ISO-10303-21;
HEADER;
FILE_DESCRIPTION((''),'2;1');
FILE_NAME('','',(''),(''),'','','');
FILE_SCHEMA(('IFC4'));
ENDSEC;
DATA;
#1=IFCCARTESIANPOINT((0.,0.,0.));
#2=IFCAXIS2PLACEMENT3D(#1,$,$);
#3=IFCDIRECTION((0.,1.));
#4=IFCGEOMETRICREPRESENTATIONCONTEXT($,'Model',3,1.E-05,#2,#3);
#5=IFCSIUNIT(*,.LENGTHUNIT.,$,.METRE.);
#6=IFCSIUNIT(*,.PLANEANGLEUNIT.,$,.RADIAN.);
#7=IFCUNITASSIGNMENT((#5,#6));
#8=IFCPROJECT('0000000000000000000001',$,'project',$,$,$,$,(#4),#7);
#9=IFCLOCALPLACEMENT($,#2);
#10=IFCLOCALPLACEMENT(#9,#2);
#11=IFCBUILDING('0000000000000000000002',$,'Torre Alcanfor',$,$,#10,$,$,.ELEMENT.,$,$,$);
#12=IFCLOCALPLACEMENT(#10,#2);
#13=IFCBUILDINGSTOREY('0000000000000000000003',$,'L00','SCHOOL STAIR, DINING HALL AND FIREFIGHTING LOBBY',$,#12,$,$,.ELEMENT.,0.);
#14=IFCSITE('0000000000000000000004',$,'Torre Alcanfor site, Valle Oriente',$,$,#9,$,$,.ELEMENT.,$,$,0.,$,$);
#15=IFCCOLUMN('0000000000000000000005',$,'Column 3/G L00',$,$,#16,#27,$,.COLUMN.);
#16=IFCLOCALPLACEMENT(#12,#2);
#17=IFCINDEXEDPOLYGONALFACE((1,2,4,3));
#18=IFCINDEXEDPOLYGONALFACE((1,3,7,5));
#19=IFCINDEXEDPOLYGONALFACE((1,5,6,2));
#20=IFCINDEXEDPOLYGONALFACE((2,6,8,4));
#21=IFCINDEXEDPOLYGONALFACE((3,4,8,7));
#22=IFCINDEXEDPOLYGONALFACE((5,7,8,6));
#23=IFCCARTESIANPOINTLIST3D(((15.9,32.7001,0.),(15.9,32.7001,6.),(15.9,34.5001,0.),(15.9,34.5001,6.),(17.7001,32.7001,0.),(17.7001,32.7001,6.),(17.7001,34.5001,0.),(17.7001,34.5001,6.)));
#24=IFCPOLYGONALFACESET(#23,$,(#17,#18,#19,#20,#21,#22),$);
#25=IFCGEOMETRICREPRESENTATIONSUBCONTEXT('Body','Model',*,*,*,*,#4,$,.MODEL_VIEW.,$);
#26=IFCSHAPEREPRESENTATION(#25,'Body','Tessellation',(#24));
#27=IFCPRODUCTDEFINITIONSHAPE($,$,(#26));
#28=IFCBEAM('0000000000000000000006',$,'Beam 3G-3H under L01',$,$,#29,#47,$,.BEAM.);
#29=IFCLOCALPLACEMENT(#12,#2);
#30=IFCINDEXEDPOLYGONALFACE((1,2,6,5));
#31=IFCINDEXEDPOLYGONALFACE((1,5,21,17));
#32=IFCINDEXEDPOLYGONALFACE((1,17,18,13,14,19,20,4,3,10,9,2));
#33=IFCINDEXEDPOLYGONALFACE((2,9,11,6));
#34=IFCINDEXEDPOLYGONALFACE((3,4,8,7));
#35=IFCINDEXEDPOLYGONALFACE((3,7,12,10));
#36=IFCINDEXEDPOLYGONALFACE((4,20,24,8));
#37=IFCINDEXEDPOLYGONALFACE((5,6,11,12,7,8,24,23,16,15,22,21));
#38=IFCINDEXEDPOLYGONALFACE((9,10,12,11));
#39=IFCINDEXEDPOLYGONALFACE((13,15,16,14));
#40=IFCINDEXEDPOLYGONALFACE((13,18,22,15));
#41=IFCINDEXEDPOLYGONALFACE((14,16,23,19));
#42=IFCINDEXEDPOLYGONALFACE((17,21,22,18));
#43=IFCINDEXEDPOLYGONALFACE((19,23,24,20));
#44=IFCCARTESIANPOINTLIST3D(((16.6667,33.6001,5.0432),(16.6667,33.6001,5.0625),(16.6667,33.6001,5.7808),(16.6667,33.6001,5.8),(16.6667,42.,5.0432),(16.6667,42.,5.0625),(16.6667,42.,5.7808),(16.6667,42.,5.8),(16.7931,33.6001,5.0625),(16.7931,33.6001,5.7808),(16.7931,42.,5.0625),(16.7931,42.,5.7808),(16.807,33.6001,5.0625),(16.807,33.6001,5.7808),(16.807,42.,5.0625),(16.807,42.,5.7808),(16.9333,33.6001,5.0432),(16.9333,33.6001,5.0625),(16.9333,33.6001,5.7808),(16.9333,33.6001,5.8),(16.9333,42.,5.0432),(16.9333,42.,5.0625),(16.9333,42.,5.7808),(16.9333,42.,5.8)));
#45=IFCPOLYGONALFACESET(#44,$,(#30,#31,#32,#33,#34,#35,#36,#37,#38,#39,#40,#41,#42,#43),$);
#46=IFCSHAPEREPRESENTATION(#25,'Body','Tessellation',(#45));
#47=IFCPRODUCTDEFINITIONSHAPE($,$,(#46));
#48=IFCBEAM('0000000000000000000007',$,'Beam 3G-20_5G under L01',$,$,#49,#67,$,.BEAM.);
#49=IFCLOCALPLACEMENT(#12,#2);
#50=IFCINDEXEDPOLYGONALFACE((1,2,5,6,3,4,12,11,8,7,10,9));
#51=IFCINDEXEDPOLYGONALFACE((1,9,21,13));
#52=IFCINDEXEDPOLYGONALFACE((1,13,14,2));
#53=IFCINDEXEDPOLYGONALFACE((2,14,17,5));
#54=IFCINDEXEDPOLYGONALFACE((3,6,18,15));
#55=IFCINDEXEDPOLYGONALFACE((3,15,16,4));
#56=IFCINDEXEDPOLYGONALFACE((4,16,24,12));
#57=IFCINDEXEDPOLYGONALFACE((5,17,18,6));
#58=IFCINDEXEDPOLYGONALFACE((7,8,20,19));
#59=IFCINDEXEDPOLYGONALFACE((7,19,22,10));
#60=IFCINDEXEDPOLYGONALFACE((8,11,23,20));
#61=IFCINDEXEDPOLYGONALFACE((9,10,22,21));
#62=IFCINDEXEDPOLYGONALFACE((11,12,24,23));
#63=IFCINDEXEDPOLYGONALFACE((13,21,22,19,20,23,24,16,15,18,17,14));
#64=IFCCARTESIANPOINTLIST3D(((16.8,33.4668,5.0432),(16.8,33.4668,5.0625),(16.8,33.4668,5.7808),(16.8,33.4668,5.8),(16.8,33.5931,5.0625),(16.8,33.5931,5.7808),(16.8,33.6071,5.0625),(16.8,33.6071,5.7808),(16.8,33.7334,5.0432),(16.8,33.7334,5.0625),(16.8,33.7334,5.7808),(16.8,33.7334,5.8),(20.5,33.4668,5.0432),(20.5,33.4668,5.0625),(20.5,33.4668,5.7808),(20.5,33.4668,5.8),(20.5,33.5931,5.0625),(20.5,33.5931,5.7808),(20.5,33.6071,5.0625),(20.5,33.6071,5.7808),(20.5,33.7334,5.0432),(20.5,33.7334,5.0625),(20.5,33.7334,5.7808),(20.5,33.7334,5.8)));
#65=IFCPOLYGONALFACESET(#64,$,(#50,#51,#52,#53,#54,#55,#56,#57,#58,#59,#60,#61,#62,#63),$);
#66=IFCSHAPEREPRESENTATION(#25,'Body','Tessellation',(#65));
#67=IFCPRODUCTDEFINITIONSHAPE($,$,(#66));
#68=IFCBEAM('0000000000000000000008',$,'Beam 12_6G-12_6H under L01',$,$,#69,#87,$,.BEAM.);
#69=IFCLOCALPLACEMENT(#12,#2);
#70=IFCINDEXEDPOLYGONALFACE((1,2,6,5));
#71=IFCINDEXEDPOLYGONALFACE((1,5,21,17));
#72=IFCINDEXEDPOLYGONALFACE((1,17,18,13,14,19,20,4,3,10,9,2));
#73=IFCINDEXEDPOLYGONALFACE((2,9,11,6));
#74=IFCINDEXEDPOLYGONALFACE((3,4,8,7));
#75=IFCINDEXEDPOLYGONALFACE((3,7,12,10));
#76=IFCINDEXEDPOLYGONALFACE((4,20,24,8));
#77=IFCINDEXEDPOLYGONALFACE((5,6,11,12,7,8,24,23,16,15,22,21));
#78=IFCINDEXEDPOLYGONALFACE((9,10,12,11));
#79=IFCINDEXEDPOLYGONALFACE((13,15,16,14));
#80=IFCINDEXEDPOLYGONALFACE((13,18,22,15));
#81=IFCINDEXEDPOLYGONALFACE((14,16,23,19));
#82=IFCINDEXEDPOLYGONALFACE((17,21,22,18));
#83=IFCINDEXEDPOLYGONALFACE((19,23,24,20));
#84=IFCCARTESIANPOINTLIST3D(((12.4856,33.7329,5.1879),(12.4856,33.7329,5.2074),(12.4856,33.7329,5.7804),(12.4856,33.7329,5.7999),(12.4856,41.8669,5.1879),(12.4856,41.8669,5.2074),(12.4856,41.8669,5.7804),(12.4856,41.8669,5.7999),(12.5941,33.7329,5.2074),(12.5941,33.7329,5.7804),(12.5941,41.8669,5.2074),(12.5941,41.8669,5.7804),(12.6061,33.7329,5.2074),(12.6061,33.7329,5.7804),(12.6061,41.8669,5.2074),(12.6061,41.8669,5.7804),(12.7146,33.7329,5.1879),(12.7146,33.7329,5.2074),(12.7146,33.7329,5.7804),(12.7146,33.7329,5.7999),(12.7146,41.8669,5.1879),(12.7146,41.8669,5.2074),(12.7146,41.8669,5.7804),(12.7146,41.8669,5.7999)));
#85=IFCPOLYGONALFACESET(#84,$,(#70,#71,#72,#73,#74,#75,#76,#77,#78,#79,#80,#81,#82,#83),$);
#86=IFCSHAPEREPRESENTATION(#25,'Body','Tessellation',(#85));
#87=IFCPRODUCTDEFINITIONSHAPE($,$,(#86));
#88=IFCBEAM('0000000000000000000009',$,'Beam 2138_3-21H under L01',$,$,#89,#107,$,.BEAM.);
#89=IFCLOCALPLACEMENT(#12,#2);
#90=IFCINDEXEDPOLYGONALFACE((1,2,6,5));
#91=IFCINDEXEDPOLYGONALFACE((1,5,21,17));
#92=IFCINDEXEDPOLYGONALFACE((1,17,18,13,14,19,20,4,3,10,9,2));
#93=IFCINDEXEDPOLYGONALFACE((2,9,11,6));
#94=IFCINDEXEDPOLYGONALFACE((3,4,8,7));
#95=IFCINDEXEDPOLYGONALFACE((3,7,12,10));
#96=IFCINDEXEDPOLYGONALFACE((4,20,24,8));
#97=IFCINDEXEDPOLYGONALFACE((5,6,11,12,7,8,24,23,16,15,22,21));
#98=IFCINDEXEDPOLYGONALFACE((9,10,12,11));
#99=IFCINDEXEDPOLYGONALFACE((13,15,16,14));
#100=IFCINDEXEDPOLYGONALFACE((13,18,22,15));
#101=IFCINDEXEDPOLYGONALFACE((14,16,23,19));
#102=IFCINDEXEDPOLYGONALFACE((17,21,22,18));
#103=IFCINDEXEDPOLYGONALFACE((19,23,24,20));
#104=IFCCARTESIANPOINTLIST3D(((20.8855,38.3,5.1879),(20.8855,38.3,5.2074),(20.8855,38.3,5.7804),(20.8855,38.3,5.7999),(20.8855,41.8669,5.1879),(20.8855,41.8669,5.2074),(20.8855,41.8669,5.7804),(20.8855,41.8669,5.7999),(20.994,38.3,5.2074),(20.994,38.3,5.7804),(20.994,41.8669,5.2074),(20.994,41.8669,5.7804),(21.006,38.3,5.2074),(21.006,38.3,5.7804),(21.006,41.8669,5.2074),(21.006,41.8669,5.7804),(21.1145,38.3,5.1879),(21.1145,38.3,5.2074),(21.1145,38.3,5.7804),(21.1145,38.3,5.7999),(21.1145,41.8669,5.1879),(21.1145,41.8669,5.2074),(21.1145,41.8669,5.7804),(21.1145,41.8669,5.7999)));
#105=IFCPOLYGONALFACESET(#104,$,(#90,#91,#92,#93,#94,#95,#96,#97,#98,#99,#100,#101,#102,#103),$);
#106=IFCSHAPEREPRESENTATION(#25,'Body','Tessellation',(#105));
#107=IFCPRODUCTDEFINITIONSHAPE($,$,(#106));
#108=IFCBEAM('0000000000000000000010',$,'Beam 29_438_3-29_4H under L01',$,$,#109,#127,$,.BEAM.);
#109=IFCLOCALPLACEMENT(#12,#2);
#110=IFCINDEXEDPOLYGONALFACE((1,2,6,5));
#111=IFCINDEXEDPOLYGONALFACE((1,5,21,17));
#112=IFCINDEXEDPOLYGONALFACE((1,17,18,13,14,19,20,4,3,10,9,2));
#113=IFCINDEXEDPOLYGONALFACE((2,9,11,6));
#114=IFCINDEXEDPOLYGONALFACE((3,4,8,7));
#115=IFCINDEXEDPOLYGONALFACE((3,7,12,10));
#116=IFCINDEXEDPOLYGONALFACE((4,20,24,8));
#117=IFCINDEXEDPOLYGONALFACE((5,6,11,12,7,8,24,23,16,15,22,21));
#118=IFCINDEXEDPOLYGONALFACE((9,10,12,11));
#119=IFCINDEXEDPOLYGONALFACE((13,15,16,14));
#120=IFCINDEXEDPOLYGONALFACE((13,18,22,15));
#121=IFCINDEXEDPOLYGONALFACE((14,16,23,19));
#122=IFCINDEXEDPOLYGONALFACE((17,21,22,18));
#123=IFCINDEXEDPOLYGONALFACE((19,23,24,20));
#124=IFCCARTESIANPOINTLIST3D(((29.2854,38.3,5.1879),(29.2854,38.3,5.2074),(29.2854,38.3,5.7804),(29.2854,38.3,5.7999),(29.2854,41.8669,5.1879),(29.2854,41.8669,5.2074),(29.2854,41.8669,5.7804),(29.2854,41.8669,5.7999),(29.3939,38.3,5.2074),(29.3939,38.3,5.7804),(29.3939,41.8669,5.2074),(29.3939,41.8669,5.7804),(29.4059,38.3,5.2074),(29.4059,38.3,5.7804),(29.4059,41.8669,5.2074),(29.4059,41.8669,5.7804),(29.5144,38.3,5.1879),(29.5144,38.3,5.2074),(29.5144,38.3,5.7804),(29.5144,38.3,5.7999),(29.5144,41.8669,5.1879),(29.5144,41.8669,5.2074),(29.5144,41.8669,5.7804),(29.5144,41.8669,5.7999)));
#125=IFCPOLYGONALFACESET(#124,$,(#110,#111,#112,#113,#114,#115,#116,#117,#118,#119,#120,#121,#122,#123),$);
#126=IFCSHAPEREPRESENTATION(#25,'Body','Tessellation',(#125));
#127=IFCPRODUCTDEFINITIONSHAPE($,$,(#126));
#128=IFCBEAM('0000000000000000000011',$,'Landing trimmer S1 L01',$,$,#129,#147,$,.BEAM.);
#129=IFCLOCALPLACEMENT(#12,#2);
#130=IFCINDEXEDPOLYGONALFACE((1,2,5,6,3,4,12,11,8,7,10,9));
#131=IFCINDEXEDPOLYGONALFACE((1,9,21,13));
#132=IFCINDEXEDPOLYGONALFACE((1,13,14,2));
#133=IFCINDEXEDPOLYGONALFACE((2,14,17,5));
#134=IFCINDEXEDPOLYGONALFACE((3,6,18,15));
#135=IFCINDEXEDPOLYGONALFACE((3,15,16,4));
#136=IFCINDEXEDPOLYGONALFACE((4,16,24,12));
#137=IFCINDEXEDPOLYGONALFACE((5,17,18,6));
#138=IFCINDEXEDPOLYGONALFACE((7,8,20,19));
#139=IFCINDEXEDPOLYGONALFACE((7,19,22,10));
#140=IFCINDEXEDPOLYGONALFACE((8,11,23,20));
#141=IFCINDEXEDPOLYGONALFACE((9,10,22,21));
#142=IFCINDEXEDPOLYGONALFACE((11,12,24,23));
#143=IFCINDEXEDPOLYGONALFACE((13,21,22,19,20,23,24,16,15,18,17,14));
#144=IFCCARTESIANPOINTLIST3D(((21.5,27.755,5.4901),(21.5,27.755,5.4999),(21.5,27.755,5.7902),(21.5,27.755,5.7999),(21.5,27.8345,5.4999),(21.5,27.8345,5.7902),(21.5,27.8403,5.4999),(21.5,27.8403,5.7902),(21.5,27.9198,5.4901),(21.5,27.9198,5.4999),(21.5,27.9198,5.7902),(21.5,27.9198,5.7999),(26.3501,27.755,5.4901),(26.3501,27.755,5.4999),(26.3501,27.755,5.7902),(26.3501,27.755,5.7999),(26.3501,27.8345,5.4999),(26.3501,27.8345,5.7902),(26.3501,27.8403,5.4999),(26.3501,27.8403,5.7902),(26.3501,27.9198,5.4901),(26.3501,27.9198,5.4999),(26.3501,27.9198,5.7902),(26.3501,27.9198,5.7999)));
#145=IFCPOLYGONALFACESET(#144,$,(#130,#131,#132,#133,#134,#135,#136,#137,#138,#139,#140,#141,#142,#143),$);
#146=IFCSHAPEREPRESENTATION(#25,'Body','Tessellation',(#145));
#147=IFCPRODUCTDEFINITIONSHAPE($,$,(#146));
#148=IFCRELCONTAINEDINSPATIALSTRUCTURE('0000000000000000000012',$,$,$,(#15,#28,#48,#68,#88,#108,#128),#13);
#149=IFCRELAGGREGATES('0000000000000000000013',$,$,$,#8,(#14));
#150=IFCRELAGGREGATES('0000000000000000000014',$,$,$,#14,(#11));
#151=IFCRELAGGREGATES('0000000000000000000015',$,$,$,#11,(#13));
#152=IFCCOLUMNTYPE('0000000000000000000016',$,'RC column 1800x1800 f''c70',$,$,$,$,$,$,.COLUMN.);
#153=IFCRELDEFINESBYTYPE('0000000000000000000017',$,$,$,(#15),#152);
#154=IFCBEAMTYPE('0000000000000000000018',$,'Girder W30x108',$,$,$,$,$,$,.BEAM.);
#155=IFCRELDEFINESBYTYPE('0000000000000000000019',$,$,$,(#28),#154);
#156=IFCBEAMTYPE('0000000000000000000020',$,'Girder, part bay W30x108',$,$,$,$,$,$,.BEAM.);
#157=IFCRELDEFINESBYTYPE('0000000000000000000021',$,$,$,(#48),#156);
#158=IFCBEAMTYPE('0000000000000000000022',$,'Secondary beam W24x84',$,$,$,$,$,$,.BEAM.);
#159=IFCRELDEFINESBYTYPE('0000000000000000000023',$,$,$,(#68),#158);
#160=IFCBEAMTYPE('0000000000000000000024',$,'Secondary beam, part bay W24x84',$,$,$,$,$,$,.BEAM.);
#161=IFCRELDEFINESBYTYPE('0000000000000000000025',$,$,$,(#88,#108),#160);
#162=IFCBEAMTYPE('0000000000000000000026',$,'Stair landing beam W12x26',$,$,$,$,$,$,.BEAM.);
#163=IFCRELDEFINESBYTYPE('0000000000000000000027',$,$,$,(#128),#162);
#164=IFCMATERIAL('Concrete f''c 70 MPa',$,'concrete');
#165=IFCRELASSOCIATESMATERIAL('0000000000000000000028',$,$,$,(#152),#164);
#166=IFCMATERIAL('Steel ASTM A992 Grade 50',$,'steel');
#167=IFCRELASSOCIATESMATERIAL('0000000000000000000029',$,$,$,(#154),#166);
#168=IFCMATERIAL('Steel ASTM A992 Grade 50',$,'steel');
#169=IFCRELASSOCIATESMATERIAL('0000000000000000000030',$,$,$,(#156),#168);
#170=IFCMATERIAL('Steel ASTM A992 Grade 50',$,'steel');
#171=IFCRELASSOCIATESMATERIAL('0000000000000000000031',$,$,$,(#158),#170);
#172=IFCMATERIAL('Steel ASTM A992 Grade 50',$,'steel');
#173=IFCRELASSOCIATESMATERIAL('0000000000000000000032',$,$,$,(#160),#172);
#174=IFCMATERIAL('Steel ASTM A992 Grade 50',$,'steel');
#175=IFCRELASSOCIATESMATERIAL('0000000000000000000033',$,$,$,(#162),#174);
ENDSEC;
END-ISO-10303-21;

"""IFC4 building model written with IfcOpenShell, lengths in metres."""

from ifc_helpers import new_model, si_unit, direction, frame, origin, origin_2d, place, context, subcontext, project, spatial, rectangle, i_section, extrude, material, material_profile, profile_set, type_object, element, save


model = new_model("IFC4")

# Units and contexts
model_context = context("Model", 3, precision=1e-05, world=origin(), true_north=direction((0.0, 1.0)))
body_context = subcontext(model_context, "Body", "Model", "MODEL_VIEW")
ifc_project = project(units=[si_unit("LENGTHUNIT", "METRE"), si_unit("PLANEANGLEUNIT", "RADIAN")], contexts=[model_context])

# Site, building, storey
site_placement = place(None, origin())
site = spatial("IfcSite", under=ifc_project, at=site_placement, Name="Torre Alcanfor site, Valle Oriente", CompositionType="ELEMENT", RefElevation=0.0)
building_placement = place(site_placement, origin())
building = spatial("IfcBuilding", under=site, at=building_placement, Name="Torre Alcanfor", CompositionType="ELEMENT")
storey_placement = place(building_placement, origin())
storey = spatial("IfcBuildingStorey", under=building, at=storey_placement, Name="L00", Description="SCHOOL STAIR, DINING HALL AND FIREFIGHTING LOBBY", CompositionType="ELEMENT", Elevation=0.0)

# Column
ifc_material_1 = material(Name="Concrete f'c 70 MPa", Category="concrete")
ifc_material_profile_1 = material_profile(ifc_material_1, rectangle(XDim=1.8, YDim=1.8, at=origin_2d()), Name="1800x1800")
ifc_profile_set_1 = profile_set([ifc_material_profile_1], Name="Concrete f'c 70 MPa")
column_type = type_object("IfcColumnType", Name="RC column 1800x1800 f'c70", PredefinedType="COLUMN", material=ifc_profile_set_1)
column_placement = place(storey_placement, frame((16.8, 33.6001, 0.0), z_axis=(0.0, 0.0, 1.0), x_axis=(1.0, 0.0, 0.0)))
element("IfcColumn", 1, at=column_placement, inside=storey, type_object=column_type, Name="Column 3/G L00", PredefinedType="COLUMN", context=body_context, shape_type="SweptSolid", body=[
    extrude(rectangle(XDim=1.8, YDim=1.8, at=origin_2d()), origin(), (0.0, 0.0, 1.0), 6.0),
])

# Beams
ifc_material_2 = material(Name="Steel ASTM A992 Grade 50", Category="steel")
ifc_material_profile_2 = material_profile(ifc_material_2, i_section(OverallWidth=0.2666, OverallDepth=0.7568, WebThickness=0.0139, FlangeThickness=0.0193, at=origin_2d()), Name="W30x108")
ifc_profile_set_2 = profile_set([ifc_material_profile_2], Name="Steel ASTM A992 Grade 50")
beam_type_1 = type_object("IfcBeamType", Name="Girder W30x108", PredefinedType="BEAM", material=ifc_profile_set_2)
beam_1_placement = place(storey_placement, frame((16.8, 33.6001, 5.4216), z_axis=(0.0, 1.0, 0.0), x_axis=(-1.0, 0.0, 0.0)))
element("IfcBeam", 2, at=beam_1_placement, inside=storey, type_object=beam_type_1, Name="Beam 3G-3H under L01", PredefinedType="BEAM", context=body_context, shape_type="SweptSolid", body=[
    extrude(i_section(OverallWidth=0.2666, OverallDepth=0.7568, WebThickness=0.0139, FlangeThickness=0.0193, at=origin_2d()), origin(), (0.0, 0.0, 1.0), 8.3999),
])
ifc_material_3 = material(Name="Steel ASTM A992 Grade 50", Category="steel")
ifc_material_profile_3 = material_profile(ifc_material_3, i_section(OverallWidth=0.2666, OverallDepth=0.7568, WebThickness=0.0139, FlangeThickness=0.0193, at=origin_2d()), Name="W30x108")
ifc_profile_set_3 = profile_set([ifc_material_profile_3], Name="Steel ASTM A992 Grade 50")
beam_type_2 = type_object("IfcBeamType", Name="Girder, part bay W30x108", PredefinedType="BEAM", material=ifc_profile_set_3)
beam_2_placement = place(storey_placement, frame((16.8, 33.6001, 5.4216), z_axis=(1.0, 0.0, 0.0), x_axis=(0.0, 1.0, 0.0)))
element("IfcBeam", 3, at=beam_2_placement, inside=storey, type_object=beam_type_2, Name="Beam 3G-20_5G under L01", PredefinedType="BEAM", context=body_context, shape_type="SweptSolid", body=[
    extrude(i_section(OverallWidth=0.2666, OverallDepth=0.7568, WebThickness=0.0139, FlangeThickness=0.0193, at=origin_2d()), origin(), (0.0, 0.0, 1.0), 3.7),
])
ifc_material_4 = material(Name="Steel ASTM A992 Grade 50", Category="steel")
ifc_material_profile_4 = material_profile(ifc_material_4, i_section(OverallWidth=0.229, OverallDepth=0.6121, WebThickness=0.012, FlangeThickness=0.0195, at=origin_2d()), Name="W24x84")
ifc_profile_set_4 = profile_set([ifc_material_profile_4], Name="Steel ASTM A992 Grade 50")
beam_type_3 = type_object("IfcBeamType", Name="Secondary beam W24x84", PredefinedType="BEAM", material=ifc_profile_set_4)
beam_3_placement = place(storey_placement, frame((12.6001, 33.7329, 5.4939), z_axis=(0.0, 1.0, 0.0), x_axis=(-1.0, 0.0, 0.0)))
element("IfcBeam", 4, at=beam_3_placement, inside=storey, type_object=beam_type_3, Name="Beam 12_6G-12_6H under L01", PredefinedType="BEAM", context=body_context, shape_type="SweptSolid", body=[
    extrude(i_section(OverallWidth=0.229, OverallDepth=0.6121, WebThickness=0.012, FlangeThickness=0.0195, at=origin_2d()), origin(), (0.0, 0.0, 1.0), 8.134),
])
ifc_material_5 = material(Name="Steel ASTM A992 Grade 50", Category="steel")
ifc_material_profile_5 = material_profile(ifc_material_5, i_section(OverallWidth=0.229, OverallDepth=0.6121, WebThickness=0.012, FlangeThickness=0.0195, at=origin_2d()), Name="W24x84")
ifc_profile_set_5 = profile_set([ifc_material_profile_5], Name="Steel ASTM A992 Grade 50")
beam_type_4 = type_object("IfcBeamType", Name="Secondary beam, part bay W24x84", PredefinedType="BEAM", material=ifc_profile_set_5)
for number, where, z_axis, x_axis, name in (
    (5, (21.0, 38.3, 5.4939), (0.0, 1.0, 0.0), (-1.0, 0.0, 0.0), "Beam 2138_3-21H under L01"),
    (6, (29.3999, 38.3, 5.4939), (0.0, 1.0, 0.0), (-1.0, 0.0, 0.0), "Beam 29_438_3-29_4H under L01"),
):
    element("IfcBeam", number, at=place(storey_placement, frame(where, z_axis=z_axis, x_axis=x_axis)), inside=storey, type_object=beam_type_4, Name=name, PredefinedType="BEAM", context=body_context, shape_type="SweptSolid", body=[
        extrude(i_section(OverallWidth=0.229, OverallDepth=0.6121, WebThickness=0.012, FlangeThickness=0.0195, at=origin_2d()), origin(), (0.0, 0.0, 1.0), 3.5669),
    ])
ifc_material_6 = material(Name="Steel ASTM A992 Grade 50", Category="steel")
ifc_material_profile_6 = material_profile(ifc_material_6, i_section(OverallWidth=0.1648, OverallDepth=0.3098, WebThickness=0.0059, FlangeThickness=0.0098, at=origin_2d()), Name="W12x26")
ifc_profile_set_6 = profile_set([ifc_material_profile_6], Name="Steel ASTM A992 Grade 50")
beam_type_5 = type_object("IfcBeamType", Name="Stair landing beam W12x26", PredefinedType="BEAM", material=ifc_profile_set_6)
beam_4_placement = place(storey_placement, frame((21.5, 27.8374, 5.645), z_axis=(1.0, 0.0, 0.0), x_axis=(0.0, 1.0, 0.0)))
element("IfcBeam", 7, at=beam_4_placement, inside=storey, type_object=beam_type_5, Name="Landing trimmer S1 L01", PredefinedType="BEAM", context=body_context, shape_type="SweptSolid", body=[
    extrude(i_section(OverallWidth=0.1648, OverallDepth=0.3098, WebThickness=0.0059, FlangeThickness=0.0098, at=origin_2d()), origin(), (0.0, 0.0, 1.0), 4.8501),
])

save(model, "model.ifc")
